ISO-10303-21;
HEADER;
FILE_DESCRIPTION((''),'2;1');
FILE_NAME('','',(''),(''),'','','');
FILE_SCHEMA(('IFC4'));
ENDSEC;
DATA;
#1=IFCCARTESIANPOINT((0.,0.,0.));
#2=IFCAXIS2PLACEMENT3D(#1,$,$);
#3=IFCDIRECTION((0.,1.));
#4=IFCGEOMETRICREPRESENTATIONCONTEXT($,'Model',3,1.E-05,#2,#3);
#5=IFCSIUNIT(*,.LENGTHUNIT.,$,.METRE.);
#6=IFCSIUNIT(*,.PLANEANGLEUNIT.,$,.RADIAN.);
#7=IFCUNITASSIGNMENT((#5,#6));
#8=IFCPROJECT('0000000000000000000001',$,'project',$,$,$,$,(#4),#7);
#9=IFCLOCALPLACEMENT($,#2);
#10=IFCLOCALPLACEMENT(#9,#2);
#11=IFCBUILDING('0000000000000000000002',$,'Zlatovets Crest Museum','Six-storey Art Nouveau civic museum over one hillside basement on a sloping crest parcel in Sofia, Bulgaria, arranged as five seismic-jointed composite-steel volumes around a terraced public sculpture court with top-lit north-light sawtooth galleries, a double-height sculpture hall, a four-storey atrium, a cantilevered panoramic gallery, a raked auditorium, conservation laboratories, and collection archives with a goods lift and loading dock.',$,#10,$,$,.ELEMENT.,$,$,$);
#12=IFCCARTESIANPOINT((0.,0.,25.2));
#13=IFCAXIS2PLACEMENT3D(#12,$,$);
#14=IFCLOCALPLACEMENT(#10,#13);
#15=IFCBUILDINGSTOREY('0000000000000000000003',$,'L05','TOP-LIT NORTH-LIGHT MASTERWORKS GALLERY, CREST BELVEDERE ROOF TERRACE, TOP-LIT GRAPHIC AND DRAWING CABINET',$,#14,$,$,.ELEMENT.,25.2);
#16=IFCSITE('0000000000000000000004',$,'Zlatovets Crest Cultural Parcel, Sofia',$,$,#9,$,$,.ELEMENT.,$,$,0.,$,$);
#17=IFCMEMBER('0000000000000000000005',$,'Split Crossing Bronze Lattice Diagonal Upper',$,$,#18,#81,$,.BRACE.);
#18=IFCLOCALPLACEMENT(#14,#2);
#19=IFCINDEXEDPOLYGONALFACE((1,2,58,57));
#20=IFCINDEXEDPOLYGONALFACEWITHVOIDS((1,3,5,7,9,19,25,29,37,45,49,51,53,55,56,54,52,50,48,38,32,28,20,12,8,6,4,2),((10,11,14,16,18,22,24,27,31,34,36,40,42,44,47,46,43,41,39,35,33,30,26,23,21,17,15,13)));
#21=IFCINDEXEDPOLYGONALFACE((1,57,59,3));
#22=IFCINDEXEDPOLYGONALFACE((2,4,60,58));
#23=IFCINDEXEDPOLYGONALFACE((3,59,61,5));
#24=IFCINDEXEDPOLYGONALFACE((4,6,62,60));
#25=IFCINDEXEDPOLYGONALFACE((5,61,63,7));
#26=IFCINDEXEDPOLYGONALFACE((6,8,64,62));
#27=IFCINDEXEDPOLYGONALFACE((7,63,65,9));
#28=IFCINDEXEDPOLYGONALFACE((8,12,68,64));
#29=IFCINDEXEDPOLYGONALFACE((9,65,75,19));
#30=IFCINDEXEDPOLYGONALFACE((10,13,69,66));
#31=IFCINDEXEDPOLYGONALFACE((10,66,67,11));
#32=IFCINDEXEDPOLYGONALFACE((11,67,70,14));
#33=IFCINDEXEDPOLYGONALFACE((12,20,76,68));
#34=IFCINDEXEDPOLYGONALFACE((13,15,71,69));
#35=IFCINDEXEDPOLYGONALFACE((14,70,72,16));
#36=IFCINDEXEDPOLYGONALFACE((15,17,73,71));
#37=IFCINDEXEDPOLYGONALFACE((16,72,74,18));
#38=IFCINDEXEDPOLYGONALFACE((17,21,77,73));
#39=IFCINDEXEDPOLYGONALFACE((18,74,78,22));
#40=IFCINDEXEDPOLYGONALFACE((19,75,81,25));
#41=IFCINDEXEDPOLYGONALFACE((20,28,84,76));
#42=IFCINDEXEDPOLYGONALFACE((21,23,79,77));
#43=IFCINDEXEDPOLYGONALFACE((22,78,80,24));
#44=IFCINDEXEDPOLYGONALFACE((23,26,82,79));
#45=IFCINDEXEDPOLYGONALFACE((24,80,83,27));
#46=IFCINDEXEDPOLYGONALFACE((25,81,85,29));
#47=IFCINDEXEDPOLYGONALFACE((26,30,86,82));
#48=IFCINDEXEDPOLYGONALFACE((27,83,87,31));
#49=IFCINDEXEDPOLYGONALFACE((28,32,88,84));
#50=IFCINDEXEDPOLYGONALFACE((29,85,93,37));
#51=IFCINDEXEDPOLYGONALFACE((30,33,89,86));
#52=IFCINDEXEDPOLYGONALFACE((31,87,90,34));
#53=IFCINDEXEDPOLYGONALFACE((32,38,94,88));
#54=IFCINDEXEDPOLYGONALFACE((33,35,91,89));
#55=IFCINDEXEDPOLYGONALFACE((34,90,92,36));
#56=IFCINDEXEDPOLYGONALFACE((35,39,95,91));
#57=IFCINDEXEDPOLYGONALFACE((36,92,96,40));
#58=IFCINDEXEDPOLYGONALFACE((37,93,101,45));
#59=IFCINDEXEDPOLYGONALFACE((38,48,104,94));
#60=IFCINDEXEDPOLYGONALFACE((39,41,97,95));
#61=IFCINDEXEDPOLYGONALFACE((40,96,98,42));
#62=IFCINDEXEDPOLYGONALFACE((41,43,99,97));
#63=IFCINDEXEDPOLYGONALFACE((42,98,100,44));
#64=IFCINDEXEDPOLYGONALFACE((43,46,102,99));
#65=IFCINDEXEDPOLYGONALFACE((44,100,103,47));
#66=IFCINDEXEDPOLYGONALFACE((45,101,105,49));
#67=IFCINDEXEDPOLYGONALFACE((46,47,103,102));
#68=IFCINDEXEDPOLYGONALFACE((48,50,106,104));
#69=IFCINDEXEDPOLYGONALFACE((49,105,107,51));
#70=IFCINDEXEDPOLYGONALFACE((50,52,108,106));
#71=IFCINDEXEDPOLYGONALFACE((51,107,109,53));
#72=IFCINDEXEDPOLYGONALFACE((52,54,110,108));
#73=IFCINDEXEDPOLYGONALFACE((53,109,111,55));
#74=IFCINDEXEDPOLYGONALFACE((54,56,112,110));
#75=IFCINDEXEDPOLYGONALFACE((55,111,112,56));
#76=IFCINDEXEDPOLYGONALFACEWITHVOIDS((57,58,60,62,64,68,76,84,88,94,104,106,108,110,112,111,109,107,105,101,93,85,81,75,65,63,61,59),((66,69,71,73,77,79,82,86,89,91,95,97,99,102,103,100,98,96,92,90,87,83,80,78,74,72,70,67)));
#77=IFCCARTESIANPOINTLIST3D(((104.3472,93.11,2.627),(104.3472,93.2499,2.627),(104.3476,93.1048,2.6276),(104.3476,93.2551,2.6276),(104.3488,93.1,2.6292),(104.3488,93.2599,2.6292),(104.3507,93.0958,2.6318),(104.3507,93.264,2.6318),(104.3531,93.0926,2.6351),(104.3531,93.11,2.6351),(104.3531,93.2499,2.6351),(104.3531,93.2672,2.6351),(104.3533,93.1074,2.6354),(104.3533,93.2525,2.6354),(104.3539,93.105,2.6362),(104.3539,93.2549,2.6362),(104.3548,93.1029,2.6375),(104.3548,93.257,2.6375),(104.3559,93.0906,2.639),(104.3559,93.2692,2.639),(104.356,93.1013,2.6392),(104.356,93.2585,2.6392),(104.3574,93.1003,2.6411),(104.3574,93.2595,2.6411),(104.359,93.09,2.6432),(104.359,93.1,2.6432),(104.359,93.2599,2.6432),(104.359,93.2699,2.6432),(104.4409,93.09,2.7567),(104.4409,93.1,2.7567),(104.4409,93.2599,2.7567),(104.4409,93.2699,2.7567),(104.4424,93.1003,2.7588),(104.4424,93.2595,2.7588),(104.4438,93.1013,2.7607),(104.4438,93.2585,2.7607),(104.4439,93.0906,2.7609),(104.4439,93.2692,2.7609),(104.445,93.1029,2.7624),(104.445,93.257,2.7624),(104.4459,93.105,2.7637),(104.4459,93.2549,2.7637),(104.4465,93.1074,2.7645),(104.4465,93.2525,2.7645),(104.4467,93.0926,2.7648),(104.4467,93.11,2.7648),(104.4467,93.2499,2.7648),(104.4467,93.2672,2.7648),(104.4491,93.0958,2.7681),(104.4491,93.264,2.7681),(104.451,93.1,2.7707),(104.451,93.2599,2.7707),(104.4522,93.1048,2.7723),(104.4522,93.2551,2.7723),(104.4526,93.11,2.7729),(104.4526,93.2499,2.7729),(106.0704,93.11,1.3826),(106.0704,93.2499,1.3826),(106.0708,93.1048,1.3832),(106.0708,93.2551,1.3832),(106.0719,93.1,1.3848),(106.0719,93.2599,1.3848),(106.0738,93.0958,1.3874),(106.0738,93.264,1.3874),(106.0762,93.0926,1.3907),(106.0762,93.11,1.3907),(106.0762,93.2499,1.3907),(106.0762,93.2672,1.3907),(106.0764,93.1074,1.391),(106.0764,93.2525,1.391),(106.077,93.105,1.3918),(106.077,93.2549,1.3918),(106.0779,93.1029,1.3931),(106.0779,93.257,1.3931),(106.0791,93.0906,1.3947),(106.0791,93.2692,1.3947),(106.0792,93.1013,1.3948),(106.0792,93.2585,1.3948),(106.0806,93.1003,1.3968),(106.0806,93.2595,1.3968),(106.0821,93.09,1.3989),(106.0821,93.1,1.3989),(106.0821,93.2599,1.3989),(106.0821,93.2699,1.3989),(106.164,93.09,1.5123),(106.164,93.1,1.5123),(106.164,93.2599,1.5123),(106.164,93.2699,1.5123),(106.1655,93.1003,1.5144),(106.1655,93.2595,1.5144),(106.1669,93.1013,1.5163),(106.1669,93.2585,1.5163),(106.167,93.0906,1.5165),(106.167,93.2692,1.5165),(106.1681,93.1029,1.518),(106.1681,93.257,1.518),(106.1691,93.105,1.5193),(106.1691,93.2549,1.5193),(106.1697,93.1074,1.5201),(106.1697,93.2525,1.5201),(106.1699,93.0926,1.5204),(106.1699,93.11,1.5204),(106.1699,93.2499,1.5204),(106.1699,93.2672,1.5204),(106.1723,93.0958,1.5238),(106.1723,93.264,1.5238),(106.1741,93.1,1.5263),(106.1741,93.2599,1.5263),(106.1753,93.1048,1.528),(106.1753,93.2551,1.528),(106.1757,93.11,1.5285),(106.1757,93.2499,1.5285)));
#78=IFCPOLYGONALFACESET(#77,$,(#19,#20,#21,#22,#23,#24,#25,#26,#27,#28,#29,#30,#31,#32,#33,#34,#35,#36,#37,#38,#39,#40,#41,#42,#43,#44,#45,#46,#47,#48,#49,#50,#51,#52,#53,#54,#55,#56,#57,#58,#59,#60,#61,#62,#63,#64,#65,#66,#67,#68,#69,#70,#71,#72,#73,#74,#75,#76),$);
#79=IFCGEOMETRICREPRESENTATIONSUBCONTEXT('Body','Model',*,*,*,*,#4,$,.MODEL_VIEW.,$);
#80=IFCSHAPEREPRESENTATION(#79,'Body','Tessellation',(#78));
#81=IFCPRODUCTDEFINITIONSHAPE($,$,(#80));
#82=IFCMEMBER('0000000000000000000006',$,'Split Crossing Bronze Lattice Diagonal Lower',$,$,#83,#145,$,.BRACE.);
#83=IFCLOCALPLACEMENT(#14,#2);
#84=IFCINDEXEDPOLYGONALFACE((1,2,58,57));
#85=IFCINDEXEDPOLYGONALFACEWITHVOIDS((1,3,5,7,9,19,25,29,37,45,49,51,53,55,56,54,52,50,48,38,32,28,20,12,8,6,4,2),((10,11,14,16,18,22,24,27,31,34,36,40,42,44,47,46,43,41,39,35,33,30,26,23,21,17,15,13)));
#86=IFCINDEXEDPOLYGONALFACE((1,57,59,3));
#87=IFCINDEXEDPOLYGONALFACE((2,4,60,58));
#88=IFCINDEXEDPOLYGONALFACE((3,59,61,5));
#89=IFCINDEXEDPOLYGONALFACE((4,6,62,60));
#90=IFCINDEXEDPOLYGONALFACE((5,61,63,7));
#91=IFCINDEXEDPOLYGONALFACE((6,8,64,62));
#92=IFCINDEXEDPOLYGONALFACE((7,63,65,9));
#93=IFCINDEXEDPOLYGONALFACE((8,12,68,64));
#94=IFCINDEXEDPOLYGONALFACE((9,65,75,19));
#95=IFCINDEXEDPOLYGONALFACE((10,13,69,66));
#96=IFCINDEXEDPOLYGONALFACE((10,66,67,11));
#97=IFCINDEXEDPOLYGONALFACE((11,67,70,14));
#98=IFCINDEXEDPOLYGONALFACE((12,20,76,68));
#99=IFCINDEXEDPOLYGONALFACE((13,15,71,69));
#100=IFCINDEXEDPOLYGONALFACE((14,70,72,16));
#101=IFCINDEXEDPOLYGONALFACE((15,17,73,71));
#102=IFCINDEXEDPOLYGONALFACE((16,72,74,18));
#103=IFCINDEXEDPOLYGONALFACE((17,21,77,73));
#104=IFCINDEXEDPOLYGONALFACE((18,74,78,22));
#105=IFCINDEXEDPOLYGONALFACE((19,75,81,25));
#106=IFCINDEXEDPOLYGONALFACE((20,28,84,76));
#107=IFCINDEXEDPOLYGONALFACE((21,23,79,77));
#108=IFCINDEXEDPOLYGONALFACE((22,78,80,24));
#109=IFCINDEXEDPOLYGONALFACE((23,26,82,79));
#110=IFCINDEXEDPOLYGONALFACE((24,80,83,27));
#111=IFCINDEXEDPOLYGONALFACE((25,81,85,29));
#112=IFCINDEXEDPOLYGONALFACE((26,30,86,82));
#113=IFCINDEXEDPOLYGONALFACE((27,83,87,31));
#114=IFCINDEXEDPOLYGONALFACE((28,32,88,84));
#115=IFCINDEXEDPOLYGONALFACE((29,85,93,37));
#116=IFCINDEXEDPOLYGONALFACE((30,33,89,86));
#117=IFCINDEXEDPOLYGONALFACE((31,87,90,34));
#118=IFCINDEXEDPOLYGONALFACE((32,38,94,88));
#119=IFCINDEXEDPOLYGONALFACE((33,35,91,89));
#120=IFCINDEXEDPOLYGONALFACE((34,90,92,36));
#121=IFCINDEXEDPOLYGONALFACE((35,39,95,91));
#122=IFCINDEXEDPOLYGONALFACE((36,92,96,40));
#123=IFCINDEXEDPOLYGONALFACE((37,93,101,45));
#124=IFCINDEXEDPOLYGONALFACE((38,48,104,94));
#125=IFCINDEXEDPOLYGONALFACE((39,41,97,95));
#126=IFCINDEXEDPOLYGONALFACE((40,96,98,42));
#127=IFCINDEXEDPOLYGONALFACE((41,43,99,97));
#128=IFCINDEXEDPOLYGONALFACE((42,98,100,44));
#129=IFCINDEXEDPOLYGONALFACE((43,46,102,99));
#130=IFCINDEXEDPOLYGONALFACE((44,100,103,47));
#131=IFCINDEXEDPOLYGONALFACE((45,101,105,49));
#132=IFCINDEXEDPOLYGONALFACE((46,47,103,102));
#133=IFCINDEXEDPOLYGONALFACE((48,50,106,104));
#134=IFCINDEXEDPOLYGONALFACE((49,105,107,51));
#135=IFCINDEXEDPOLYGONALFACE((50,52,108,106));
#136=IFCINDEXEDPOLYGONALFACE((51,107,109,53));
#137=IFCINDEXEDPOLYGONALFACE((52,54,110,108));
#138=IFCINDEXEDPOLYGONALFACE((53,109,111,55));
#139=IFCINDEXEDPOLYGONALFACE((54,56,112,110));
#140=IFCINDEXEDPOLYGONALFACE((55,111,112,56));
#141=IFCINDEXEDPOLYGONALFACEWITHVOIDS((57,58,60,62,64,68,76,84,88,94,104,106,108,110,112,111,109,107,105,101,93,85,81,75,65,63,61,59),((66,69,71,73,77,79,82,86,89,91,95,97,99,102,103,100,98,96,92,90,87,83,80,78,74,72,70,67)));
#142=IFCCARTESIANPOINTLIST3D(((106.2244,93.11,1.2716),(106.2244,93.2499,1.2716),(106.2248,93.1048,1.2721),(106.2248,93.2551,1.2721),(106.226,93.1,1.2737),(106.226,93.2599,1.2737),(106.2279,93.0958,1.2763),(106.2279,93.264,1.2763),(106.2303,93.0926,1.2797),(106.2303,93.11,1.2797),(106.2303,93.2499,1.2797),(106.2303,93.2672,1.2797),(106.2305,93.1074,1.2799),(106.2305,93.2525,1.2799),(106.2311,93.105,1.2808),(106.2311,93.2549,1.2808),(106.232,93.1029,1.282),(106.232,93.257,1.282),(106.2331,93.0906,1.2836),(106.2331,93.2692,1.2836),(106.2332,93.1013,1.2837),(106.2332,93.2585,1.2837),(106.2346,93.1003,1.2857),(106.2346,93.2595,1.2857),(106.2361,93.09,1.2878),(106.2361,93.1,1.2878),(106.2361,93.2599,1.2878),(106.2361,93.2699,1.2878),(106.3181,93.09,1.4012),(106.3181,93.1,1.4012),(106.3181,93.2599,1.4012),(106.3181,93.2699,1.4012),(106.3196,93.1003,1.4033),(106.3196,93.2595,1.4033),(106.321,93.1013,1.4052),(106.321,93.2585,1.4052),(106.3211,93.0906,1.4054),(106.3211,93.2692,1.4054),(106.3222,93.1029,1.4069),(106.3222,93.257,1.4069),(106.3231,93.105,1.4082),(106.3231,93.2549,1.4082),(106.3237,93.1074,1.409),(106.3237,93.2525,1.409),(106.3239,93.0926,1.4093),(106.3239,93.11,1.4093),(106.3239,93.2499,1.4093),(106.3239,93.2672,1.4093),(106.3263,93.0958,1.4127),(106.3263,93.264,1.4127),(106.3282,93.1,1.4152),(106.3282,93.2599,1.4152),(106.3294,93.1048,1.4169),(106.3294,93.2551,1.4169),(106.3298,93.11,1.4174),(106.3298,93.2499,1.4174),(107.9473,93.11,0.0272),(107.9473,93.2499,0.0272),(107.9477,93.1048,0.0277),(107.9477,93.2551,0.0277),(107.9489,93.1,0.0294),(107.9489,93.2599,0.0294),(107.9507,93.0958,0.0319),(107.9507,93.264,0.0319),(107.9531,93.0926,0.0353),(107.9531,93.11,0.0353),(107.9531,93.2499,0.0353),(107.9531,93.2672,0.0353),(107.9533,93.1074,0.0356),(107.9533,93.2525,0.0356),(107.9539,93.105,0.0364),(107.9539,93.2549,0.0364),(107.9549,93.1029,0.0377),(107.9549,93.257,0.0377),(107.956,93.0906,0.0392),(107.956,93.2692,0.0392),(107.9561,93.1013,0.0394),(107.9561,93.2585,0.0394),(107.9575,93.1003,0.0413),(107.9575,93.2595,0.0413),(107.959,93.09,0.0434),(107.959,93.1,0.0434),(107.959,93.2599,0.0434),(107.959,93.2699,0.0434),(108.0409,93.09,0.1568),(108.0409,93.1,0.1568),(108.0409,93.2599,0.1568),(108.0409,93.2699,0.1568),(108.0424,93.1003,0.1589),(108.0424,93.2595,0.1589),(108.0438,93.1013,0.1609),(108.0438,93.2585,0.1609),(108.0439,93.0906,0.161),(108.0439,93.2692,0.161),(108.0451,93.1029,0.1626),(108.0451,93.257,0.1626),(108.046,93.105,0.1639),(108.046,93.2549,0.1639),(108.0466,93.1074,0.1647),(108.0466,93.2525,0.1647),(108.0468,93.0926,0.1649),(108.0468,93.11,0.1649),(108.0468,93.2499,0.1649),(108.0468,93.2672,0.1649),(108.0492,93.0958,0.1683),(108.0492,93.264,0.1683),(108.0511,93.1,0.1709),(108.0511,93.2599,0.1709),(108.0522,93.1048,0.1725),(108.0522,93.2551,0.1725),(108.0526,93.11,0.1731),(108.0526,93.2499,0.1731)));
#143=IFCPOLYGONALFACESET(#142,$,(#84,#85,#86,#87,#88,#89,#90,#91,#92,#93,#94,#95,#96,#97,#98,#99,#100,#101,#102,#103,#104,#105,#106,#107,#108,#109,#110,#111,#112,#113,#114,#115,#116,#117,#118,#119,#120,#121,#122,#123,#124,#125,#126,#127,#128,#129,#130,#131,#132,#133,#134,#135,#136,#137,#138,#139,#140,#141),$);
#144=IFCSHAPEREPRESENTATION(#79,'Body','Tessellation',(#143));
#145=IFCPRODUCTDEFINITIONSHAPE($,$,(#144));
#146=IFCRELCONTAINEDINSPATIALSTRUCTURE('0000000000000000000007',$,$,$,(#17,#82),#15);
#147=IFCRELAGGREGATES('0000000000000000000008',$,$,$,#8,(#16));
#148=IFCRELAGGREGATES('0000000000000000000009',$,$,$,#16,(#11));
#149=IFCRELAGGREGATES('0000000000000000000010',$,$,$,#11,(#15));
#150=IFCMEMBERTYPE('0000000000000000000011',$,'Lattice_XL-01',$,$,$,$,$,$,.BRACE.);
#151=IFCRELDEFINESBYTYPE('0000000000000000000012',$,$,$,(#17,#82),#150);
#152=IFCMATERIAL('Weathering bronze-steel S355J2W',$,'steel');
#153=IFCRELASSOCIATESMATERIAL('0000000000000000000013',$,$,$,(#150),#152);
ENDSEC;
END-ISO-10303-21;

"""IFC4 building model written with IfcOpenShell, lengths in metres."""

from ifc_helpers import new_model, si_unit, direction, frame, origin, origin_2d, place, context, subcontext, project, spatial, hollow_rectangle, extrude, material, material_profile, profile_set, type_object, element, save


model = new_model("IFC4")

# Units and contexts
model_context = context("Model", 3, precision=1e-05, world=origin(), true_north=direction((0.0, 1.0)))
body_context = subcontext(model_context, "Body", "Model", "MODEL_VIEW")
ifc_project = project(units=[si_unit("LENGTHUNIT", "METRE"), si_unit("PLANEANGLEUNIT", "RADIAN")], contexts=[model_context])

# Site, building, storey
site_placement = place(None, origin())
site = spatial("IfcSite", under=ifc_project, at=site_placement, Name="Zlatovets Crest Cultural Parcel, Sofia", CompositionType="ELEMENT", RefElevation=0.0)
building_placement = place(site_placement, origin())
building = spatial("IfcBuilding", under=site, at=building_placement, Name="Zlatovets Crest Museum", Description="Six-storey Art Nouveau civic museum over one hillside basement on a sloping crest parcel in Sofia, Bulgaria, arranged as five seismic-jointed composite-steel volumes around a terraced public sculpture court with top-lit north-light sawtooth galleries, a double-height sculpture hall, a four-storey atrium, a cantilevered panoramic gallery, a raked auditorium, conservation laboratories, and collection archives with a goods lift and loading dock.", CompositionType="ELEMENT")
storey_placement = place(building_placement, frame((0.0, 0.0, 25.2)))
storey = spatial("IfcBuildingStorey", under=building, at=storey_placement, Name="L05", Description="TOP-LIT NORTH-LIGHT MASTERWORKS GALLERY, CREST BELVEDERE ROOF TERRACE, TOP-LIT GRAPHIC AND DRAWING CABINET", CompositionType="ELEMENT", Elevation=25.2)

# Members
ifc_material_1 = material(Name="Weathering bronze-steel S355J2W", Category="steel")
ifc_material_profile_1 = material_profile(ifc_material_1, hollow_rectangle(XDim=0.1799, YDim=0.1799, WallThickness=0.01, InnerFilletRadius=0.01, OuterFilletRadius=0.02, at=origin_2d()), Name="SHS 180x180x10.0")
ifc_profile_set_1 = profile_set([ifc_material_profile_1], Name="Weathering bronze-steel S355J2W")
member_type_1 = type_object("IfcMemberType", Name="Lattice_XL-01", PredefinedType="BRACE", material=ifc_profile_set_1)
member_1_placement = place(storey_placement, frame((104.3999, 93.1799, 2.7), z_axis=(0.810703, 0.0, -0.585457), x_axis=(0.0, 1.0, 0.0)))
element("IfcMember", 1, at=member_1_placement, inside=storey, type_object=member_type_1, Name="Split Crossing Bronze Lattice Diagonal Upper", PredefinedType="BRACE", context=body_context, shape_type="SweptSolid", body=[
    extrude(hollow_rectangle(XDim=0.1799, YDim=0.1799, WallThickness=0.01, InnerFilletRadius=0.01, OuterFilletRadius=0.02, at=origin_2d()), origin(), (0.0, 0.0, 1.0), 2.1255),
])
for number, where, z_axis, x_axis, name in (
    (2, (106.2771, 93.1799, 1.3445), (0.810664, 0.0, -0.585512), (0.0, 1.0, 0.0), "Split Crossing Bronze Lattice Diagonal Lower"),
):
    element("IfcMember", number, at=place(storey_placement, frame(where, z_axis=z_axis, x_axis=x_axis)), inside=storey, type_object=member_type_1, Name=name, PredefinedType="BRACE", context=body_context, shape_type="SweptSolid", body=[
        extrude(hollow_rectangle(XDim=0.1799, YDim=0.1799, WallThickness=0.01, InnerFilletRadius=0.01, OuterFilletRadius=0.02, at=origin_2d()), origin(), (0.0, 0.0, 1.0), 2.1252),
    ])

save(model, "model.ifc")
